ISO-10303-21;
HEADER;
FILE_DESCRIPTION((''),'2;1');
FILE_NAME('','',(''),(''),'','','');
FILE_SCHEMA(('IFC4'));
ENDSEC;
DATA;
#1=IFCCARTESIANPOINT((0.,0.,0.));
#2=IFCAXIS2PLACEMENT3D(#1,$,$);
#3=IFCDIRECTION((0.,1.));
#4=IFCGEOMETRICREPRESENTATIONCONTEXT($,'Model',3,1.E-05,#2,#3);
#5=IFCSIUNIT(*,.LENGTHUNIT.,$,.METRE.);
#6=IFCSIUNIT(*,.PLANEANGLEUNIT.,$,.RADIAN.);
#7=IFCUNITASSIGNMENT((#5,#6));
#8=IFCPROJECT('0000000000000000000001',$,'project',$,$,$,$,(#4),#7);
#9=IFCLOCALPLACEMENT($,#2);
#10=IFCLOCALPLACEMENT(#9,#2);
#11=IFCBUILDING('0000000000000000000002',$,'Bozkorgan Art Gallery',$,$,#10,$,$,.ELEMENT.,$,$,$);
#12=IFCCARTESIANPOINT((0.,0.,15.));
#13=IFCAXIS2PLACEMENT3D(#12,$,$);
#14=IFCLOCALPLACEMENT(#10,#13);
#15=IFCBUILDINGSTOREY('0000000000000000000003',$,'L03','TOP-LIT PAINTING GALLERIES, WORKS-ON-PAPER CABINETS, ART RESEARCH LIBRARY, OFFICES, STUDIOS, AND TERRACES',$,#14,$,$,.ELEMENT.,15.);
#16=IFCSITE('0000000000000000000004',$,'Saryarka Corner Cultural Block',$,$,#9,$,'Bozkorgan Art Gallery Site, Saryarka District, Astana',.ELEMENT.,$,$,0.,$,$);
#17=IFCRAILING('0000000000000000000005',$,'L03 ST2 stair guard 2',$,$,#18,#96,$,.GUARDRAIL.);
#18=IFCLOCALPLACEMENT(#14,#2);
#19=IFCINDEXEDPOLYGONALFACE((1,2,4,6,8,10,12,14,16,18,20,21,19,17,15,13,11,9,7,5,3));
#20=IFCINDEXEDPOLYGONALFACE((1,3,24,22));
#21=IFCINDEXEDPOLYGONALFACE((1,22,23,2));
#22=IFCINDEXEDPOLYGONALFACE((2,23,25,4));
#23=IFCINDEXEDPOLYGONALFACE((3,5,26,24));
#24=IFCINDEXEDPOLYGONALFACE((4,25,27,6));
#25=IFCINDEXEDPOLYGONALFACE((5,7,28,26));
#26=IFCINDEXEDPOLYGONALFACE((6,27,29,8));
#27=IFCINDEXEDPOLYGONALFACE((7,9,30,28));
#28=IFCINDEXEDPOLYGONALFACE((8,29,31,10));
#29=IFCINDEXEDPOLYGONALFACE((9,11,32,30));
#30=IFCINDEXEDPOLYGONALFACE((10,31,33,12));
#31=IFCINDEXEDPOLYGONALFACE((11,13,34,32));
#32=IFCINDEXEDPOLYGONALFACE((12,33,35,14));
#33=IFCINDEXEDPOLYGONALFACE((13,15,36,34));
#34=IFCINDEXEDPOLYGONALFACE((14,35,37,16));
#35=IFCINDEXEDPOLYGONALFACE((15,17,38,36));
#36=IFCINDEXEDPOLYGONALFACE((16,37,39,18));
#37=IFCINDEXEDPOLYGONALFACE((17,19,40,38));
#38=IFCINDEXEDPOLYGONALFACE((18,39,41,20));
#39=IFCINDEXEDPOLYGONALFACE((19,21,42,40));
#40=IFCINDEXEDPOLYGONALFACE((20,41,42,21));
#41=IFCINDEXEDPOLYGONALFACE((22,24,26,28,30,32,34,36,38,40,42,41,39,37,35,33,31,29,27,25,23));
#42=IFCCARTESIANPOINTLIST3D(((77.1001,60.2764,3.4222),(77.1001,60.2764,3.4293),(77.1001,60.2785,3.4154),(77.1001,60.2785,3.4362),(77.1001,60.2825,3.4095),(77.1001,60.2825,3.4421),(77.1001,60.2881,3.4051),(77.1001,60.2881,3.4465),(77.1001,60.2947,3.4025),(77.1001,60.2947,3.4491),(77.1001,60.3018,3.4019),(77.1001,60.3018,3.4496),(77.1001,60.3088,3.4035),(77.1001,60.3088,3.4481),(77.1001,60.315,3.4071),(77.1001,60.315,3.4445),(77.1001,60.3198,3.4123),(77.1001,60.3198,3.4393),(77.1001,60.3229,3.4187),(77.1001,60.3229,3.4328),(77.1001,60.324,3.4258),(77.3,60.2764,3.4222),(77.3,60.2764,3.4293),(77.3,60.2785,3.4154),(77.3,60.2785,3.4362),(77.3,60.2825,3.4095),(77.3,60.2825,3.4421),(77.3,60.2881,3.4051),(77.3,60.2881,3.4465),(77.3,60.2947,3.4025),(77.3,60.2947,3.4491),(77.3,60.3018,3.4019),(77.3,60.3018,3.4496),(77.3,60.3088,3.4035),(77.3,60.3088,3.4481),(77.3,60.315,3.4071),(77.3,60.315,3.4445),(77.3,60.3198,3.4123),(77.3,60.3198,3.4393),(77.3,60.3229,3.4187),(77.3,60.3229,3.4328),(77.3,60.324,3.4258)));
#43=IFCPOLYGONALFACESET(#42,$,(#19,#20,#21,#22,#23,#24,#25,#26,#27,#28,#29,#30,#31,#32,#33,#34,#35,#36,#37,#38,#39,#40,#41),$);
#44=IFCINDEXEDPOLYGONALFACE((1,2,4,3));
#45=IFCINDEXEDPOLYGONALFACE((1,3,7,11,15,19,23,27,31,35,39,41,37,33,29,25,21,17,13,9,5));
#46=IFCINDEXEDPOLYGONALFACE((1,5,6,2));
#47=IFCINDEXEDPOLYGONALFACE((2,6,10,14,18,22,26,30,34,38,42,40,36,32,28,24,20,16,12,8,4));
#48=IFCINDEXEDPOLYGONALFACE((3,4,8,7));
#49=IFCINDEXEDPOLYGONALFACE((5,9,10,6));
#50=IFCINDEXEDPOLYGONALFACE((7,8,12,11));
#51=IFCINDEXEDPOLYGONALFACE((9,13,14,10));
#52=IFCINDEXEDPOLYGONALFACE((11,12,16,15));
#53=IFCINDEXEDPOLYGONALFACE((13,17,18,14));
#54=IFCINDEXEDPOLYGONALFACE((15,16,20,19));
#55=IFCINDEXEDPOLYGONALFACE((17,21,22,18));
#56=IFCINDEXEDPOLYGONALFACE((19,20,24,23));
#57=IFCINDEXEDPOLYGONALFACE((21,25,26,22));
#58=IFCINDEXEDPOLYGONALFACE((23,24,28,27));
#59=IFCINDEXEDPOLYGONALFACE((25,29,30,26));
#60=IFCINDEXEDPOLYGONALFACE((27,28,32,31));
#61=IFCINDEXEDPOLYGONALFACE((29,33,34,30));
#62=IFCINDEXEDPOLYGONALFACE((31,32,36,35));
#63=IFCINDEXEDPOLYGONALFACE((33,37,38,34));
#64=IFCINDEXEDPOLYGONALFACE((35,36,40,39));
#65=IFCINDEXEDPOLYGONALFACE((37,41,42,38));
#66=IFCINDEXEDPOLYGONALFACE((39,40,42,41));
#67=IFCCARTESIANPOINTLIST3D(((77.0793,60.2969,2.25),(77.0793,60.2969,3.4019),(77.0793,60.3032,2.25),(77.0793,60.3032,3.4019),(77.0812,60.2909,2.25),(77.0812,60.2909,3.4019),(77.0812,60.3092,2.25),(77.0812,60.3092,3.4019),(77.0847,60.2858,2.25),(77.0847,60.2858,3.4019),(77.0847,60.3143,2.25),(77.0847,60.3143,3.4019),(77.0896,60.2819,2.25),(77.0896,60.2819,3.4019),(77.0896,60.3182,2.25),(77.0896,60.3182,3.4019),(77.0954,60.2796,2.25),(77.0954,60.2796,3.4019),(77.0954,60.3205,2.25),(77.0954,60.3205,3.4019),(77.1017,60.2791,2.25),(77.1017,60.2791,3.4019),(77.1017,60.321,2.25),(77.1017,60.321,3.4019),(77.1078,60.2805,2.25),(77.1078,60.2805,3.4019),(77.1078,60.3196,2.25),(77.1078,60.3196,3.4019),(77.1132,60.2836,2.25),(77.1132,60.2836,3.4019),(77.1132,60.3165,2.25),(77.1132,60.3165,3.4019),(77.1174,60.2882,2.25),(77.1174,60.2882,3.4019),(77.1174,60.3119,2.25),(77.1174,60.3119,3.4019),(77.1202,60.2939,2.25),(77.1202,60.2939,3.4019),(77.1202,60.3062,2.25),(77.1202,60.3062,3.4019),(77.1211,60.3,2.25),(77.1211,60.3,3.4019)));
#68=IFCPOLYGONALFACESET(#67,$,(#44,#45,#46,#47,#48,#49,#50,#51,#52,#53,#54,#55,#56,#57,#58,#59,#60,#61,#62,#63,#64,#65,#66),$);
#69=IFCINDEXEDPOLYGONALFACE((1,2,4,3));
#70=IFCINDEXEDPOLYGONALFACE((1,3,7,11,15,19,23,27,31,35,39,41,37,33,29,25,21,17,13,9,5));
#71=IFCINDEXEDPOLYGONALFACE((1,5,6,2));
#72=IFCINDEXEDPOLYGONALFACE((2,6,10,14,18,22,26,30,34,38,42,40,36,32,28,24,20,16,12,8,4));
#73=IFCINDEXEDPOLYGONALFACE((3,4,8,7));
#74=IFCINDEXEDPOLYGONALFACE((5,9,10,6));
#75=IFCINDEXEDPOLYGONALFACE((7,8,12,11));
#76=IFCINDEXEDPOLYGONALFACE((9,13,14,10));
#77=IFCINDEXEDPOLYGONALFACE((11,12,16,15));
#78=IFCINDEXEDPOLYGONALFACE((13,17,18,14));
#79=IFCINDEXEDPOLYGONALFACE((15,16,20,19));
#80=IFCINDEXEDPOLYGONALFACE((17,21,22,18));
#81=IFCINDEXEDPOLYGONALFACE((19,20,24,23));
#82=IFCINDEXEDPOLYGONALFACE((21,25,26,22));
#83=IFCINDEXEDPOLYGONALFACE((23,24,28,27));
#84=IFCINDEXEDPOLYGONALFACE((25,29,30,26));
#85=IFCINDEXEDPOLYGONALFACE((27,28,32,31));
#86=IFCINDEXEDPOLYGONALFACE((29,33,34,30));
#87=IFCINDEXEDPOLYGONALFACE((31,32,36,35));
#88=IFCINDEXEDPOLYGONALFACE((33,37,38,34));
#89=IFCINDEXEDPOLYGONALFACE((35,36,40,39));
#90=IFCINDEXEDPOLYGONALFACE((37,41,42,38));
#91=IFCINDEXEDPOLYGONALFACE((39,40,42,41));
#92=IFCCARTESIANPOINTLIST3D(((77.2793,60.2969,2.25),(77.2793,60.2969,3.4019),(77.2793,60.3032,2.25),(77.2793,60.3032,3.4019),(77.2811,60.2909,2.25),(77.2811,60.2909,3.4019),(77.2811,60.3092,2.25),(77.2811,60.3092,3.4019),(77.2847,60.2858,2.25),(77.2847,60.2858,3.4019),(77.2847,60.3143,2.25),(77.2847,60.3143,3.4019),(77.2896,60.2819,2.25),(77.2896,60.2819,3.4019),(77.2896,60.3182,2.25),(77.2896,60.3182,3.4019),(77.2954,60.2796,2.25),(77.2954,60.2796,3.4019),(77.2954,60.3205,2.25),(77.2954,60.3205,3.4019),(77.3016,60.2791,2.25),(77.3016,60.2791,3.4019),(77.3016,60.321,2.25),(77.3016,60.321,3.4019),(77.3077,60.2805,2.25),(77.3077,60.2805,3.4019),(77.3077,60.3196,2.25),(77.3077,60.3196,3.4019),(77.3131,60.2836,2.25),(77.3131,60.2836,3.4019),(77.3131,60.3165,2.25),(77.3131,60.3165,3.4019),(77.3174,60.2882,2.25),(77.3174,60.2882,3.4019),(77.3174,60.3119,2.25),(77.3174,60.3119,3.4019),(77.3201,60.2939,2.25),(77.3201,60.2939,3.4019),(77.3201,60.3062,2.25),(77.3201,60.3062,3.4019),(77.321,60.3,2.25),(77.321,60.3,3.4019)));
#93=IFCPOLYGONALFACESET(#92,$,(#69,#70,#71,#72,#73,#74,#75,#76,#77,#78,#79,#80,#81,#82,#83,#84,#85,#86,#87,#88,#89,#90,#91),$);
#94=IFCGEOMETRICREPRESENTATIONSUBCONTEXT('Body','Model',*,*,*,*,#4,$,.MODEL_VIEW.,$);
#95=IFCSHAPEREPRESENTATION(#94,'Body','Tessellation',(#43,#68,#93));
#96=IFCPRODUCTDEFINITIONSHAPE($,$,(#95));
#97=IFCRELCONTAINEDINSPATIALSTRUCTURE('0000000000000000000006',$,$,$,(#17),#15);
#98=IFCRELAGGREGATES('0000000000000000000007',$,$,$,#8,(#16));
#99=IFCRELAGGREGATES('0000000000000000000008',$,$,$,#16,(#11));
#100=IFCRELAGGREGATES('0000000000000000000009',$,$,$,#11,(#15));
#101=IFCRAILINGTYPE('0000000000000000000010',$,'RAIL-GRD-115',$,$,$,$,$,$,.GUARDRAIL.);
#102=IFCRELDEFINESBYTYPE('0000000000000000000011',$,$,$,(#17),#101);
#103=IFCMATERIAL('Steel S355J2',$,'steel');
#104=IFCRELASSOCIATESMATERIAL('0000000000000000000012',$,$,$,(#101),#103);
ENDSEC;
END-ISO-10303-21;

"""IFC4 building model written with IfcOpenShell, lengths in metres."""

from ifc_helpers import new_model, si_unit, direction, frame, origin, origin_2d, place, context, subcontext, project, spatial, circle, extrude, material, type_object, element, save


model = new_model("IFC4")

# Units and contexts
model_context = context("Model", 3, precision=1e-05, world=origin(), true_north=direction((0.0, 1.0)))
body_context = subcontext(model_context, "Body", "Model", "MODEL_VIEW")
ifc_project = project(units=[si_unit("LENGTHUNIT", "METRE"), si_unit("PLANEANGLEUNIT", "RADIAN")], contexts=[model_context])

# Site, building, storey
site_placement = place(None, origin())
site = spatial("IfcSite", under=ifc_project, at=site_placement, Name="Saryarka Corner Cultural Block", LongName="Bozkorgan Art Gallery Site, Saryarka District, Astana", CompositionType="ELEMENT", RefElevation=0.0)
building_placement = place(site_placement, origin())
building = spatial("IfcBuilding", under=site, at=building_placement, Name="Bozkorgan Art Gallery", CompositionType="ELEMENT")
storey_placement = place(building_placement, frame((0.0, 0.0, 15.0)))
storey = spatial("IfcBuildingStorey", under=building, at=storey_placement, Name="L03", Description="TOP-LIT PAINTING GALLERIES, WORKS-ON-PAPER CABINETS, ART RESEARCH LIBRARY, OFFICES, STUDIOS, AND TERRACES", CompositionType="ELEMENT", Elevation=15.0)

# Railing
ifc_material_1 = material(Name="Steel S355J2", Category="steel")
railing_type_1 = type_object("IfcRailingType", Name="RAIL-GRD-115", PredefinedType="GUARDRAIL", material=ifc_material_1)
railing_1_placement = place(storey_placement, frame((77.1001, 60.3, 2.25)))
element("IfcRailing", 1, at=railing_1_placement, inside=storey, type_object=railing_type_1, Name="L03 ST2 stair guard 2", PredefinedType="GUARDRAIL", context=body_context, shape_type="SweptSolid", body=[
    extrude(circle(Radius=0.0239, at=origin_2d()), frame((0.0, 0.0, 1.1758), z_axis=(1.0, 0.0, 0.0), x_axis=(0.0, 1.0, 0.0)), (0.0, 0.0, 1.0), 0.2),
    extrude(circle(Radius=0.021, at=origin_2d()), origin(), (0.0, 0.0, 1.0), 1.1519),
    extrude(circle(Radius=0.021, at=origin_2d()), frame((0.2, 0.0, 0.0)), (0.0, 0.0, 1.0), 1.1519),
])

save(model, "model.ifc")
